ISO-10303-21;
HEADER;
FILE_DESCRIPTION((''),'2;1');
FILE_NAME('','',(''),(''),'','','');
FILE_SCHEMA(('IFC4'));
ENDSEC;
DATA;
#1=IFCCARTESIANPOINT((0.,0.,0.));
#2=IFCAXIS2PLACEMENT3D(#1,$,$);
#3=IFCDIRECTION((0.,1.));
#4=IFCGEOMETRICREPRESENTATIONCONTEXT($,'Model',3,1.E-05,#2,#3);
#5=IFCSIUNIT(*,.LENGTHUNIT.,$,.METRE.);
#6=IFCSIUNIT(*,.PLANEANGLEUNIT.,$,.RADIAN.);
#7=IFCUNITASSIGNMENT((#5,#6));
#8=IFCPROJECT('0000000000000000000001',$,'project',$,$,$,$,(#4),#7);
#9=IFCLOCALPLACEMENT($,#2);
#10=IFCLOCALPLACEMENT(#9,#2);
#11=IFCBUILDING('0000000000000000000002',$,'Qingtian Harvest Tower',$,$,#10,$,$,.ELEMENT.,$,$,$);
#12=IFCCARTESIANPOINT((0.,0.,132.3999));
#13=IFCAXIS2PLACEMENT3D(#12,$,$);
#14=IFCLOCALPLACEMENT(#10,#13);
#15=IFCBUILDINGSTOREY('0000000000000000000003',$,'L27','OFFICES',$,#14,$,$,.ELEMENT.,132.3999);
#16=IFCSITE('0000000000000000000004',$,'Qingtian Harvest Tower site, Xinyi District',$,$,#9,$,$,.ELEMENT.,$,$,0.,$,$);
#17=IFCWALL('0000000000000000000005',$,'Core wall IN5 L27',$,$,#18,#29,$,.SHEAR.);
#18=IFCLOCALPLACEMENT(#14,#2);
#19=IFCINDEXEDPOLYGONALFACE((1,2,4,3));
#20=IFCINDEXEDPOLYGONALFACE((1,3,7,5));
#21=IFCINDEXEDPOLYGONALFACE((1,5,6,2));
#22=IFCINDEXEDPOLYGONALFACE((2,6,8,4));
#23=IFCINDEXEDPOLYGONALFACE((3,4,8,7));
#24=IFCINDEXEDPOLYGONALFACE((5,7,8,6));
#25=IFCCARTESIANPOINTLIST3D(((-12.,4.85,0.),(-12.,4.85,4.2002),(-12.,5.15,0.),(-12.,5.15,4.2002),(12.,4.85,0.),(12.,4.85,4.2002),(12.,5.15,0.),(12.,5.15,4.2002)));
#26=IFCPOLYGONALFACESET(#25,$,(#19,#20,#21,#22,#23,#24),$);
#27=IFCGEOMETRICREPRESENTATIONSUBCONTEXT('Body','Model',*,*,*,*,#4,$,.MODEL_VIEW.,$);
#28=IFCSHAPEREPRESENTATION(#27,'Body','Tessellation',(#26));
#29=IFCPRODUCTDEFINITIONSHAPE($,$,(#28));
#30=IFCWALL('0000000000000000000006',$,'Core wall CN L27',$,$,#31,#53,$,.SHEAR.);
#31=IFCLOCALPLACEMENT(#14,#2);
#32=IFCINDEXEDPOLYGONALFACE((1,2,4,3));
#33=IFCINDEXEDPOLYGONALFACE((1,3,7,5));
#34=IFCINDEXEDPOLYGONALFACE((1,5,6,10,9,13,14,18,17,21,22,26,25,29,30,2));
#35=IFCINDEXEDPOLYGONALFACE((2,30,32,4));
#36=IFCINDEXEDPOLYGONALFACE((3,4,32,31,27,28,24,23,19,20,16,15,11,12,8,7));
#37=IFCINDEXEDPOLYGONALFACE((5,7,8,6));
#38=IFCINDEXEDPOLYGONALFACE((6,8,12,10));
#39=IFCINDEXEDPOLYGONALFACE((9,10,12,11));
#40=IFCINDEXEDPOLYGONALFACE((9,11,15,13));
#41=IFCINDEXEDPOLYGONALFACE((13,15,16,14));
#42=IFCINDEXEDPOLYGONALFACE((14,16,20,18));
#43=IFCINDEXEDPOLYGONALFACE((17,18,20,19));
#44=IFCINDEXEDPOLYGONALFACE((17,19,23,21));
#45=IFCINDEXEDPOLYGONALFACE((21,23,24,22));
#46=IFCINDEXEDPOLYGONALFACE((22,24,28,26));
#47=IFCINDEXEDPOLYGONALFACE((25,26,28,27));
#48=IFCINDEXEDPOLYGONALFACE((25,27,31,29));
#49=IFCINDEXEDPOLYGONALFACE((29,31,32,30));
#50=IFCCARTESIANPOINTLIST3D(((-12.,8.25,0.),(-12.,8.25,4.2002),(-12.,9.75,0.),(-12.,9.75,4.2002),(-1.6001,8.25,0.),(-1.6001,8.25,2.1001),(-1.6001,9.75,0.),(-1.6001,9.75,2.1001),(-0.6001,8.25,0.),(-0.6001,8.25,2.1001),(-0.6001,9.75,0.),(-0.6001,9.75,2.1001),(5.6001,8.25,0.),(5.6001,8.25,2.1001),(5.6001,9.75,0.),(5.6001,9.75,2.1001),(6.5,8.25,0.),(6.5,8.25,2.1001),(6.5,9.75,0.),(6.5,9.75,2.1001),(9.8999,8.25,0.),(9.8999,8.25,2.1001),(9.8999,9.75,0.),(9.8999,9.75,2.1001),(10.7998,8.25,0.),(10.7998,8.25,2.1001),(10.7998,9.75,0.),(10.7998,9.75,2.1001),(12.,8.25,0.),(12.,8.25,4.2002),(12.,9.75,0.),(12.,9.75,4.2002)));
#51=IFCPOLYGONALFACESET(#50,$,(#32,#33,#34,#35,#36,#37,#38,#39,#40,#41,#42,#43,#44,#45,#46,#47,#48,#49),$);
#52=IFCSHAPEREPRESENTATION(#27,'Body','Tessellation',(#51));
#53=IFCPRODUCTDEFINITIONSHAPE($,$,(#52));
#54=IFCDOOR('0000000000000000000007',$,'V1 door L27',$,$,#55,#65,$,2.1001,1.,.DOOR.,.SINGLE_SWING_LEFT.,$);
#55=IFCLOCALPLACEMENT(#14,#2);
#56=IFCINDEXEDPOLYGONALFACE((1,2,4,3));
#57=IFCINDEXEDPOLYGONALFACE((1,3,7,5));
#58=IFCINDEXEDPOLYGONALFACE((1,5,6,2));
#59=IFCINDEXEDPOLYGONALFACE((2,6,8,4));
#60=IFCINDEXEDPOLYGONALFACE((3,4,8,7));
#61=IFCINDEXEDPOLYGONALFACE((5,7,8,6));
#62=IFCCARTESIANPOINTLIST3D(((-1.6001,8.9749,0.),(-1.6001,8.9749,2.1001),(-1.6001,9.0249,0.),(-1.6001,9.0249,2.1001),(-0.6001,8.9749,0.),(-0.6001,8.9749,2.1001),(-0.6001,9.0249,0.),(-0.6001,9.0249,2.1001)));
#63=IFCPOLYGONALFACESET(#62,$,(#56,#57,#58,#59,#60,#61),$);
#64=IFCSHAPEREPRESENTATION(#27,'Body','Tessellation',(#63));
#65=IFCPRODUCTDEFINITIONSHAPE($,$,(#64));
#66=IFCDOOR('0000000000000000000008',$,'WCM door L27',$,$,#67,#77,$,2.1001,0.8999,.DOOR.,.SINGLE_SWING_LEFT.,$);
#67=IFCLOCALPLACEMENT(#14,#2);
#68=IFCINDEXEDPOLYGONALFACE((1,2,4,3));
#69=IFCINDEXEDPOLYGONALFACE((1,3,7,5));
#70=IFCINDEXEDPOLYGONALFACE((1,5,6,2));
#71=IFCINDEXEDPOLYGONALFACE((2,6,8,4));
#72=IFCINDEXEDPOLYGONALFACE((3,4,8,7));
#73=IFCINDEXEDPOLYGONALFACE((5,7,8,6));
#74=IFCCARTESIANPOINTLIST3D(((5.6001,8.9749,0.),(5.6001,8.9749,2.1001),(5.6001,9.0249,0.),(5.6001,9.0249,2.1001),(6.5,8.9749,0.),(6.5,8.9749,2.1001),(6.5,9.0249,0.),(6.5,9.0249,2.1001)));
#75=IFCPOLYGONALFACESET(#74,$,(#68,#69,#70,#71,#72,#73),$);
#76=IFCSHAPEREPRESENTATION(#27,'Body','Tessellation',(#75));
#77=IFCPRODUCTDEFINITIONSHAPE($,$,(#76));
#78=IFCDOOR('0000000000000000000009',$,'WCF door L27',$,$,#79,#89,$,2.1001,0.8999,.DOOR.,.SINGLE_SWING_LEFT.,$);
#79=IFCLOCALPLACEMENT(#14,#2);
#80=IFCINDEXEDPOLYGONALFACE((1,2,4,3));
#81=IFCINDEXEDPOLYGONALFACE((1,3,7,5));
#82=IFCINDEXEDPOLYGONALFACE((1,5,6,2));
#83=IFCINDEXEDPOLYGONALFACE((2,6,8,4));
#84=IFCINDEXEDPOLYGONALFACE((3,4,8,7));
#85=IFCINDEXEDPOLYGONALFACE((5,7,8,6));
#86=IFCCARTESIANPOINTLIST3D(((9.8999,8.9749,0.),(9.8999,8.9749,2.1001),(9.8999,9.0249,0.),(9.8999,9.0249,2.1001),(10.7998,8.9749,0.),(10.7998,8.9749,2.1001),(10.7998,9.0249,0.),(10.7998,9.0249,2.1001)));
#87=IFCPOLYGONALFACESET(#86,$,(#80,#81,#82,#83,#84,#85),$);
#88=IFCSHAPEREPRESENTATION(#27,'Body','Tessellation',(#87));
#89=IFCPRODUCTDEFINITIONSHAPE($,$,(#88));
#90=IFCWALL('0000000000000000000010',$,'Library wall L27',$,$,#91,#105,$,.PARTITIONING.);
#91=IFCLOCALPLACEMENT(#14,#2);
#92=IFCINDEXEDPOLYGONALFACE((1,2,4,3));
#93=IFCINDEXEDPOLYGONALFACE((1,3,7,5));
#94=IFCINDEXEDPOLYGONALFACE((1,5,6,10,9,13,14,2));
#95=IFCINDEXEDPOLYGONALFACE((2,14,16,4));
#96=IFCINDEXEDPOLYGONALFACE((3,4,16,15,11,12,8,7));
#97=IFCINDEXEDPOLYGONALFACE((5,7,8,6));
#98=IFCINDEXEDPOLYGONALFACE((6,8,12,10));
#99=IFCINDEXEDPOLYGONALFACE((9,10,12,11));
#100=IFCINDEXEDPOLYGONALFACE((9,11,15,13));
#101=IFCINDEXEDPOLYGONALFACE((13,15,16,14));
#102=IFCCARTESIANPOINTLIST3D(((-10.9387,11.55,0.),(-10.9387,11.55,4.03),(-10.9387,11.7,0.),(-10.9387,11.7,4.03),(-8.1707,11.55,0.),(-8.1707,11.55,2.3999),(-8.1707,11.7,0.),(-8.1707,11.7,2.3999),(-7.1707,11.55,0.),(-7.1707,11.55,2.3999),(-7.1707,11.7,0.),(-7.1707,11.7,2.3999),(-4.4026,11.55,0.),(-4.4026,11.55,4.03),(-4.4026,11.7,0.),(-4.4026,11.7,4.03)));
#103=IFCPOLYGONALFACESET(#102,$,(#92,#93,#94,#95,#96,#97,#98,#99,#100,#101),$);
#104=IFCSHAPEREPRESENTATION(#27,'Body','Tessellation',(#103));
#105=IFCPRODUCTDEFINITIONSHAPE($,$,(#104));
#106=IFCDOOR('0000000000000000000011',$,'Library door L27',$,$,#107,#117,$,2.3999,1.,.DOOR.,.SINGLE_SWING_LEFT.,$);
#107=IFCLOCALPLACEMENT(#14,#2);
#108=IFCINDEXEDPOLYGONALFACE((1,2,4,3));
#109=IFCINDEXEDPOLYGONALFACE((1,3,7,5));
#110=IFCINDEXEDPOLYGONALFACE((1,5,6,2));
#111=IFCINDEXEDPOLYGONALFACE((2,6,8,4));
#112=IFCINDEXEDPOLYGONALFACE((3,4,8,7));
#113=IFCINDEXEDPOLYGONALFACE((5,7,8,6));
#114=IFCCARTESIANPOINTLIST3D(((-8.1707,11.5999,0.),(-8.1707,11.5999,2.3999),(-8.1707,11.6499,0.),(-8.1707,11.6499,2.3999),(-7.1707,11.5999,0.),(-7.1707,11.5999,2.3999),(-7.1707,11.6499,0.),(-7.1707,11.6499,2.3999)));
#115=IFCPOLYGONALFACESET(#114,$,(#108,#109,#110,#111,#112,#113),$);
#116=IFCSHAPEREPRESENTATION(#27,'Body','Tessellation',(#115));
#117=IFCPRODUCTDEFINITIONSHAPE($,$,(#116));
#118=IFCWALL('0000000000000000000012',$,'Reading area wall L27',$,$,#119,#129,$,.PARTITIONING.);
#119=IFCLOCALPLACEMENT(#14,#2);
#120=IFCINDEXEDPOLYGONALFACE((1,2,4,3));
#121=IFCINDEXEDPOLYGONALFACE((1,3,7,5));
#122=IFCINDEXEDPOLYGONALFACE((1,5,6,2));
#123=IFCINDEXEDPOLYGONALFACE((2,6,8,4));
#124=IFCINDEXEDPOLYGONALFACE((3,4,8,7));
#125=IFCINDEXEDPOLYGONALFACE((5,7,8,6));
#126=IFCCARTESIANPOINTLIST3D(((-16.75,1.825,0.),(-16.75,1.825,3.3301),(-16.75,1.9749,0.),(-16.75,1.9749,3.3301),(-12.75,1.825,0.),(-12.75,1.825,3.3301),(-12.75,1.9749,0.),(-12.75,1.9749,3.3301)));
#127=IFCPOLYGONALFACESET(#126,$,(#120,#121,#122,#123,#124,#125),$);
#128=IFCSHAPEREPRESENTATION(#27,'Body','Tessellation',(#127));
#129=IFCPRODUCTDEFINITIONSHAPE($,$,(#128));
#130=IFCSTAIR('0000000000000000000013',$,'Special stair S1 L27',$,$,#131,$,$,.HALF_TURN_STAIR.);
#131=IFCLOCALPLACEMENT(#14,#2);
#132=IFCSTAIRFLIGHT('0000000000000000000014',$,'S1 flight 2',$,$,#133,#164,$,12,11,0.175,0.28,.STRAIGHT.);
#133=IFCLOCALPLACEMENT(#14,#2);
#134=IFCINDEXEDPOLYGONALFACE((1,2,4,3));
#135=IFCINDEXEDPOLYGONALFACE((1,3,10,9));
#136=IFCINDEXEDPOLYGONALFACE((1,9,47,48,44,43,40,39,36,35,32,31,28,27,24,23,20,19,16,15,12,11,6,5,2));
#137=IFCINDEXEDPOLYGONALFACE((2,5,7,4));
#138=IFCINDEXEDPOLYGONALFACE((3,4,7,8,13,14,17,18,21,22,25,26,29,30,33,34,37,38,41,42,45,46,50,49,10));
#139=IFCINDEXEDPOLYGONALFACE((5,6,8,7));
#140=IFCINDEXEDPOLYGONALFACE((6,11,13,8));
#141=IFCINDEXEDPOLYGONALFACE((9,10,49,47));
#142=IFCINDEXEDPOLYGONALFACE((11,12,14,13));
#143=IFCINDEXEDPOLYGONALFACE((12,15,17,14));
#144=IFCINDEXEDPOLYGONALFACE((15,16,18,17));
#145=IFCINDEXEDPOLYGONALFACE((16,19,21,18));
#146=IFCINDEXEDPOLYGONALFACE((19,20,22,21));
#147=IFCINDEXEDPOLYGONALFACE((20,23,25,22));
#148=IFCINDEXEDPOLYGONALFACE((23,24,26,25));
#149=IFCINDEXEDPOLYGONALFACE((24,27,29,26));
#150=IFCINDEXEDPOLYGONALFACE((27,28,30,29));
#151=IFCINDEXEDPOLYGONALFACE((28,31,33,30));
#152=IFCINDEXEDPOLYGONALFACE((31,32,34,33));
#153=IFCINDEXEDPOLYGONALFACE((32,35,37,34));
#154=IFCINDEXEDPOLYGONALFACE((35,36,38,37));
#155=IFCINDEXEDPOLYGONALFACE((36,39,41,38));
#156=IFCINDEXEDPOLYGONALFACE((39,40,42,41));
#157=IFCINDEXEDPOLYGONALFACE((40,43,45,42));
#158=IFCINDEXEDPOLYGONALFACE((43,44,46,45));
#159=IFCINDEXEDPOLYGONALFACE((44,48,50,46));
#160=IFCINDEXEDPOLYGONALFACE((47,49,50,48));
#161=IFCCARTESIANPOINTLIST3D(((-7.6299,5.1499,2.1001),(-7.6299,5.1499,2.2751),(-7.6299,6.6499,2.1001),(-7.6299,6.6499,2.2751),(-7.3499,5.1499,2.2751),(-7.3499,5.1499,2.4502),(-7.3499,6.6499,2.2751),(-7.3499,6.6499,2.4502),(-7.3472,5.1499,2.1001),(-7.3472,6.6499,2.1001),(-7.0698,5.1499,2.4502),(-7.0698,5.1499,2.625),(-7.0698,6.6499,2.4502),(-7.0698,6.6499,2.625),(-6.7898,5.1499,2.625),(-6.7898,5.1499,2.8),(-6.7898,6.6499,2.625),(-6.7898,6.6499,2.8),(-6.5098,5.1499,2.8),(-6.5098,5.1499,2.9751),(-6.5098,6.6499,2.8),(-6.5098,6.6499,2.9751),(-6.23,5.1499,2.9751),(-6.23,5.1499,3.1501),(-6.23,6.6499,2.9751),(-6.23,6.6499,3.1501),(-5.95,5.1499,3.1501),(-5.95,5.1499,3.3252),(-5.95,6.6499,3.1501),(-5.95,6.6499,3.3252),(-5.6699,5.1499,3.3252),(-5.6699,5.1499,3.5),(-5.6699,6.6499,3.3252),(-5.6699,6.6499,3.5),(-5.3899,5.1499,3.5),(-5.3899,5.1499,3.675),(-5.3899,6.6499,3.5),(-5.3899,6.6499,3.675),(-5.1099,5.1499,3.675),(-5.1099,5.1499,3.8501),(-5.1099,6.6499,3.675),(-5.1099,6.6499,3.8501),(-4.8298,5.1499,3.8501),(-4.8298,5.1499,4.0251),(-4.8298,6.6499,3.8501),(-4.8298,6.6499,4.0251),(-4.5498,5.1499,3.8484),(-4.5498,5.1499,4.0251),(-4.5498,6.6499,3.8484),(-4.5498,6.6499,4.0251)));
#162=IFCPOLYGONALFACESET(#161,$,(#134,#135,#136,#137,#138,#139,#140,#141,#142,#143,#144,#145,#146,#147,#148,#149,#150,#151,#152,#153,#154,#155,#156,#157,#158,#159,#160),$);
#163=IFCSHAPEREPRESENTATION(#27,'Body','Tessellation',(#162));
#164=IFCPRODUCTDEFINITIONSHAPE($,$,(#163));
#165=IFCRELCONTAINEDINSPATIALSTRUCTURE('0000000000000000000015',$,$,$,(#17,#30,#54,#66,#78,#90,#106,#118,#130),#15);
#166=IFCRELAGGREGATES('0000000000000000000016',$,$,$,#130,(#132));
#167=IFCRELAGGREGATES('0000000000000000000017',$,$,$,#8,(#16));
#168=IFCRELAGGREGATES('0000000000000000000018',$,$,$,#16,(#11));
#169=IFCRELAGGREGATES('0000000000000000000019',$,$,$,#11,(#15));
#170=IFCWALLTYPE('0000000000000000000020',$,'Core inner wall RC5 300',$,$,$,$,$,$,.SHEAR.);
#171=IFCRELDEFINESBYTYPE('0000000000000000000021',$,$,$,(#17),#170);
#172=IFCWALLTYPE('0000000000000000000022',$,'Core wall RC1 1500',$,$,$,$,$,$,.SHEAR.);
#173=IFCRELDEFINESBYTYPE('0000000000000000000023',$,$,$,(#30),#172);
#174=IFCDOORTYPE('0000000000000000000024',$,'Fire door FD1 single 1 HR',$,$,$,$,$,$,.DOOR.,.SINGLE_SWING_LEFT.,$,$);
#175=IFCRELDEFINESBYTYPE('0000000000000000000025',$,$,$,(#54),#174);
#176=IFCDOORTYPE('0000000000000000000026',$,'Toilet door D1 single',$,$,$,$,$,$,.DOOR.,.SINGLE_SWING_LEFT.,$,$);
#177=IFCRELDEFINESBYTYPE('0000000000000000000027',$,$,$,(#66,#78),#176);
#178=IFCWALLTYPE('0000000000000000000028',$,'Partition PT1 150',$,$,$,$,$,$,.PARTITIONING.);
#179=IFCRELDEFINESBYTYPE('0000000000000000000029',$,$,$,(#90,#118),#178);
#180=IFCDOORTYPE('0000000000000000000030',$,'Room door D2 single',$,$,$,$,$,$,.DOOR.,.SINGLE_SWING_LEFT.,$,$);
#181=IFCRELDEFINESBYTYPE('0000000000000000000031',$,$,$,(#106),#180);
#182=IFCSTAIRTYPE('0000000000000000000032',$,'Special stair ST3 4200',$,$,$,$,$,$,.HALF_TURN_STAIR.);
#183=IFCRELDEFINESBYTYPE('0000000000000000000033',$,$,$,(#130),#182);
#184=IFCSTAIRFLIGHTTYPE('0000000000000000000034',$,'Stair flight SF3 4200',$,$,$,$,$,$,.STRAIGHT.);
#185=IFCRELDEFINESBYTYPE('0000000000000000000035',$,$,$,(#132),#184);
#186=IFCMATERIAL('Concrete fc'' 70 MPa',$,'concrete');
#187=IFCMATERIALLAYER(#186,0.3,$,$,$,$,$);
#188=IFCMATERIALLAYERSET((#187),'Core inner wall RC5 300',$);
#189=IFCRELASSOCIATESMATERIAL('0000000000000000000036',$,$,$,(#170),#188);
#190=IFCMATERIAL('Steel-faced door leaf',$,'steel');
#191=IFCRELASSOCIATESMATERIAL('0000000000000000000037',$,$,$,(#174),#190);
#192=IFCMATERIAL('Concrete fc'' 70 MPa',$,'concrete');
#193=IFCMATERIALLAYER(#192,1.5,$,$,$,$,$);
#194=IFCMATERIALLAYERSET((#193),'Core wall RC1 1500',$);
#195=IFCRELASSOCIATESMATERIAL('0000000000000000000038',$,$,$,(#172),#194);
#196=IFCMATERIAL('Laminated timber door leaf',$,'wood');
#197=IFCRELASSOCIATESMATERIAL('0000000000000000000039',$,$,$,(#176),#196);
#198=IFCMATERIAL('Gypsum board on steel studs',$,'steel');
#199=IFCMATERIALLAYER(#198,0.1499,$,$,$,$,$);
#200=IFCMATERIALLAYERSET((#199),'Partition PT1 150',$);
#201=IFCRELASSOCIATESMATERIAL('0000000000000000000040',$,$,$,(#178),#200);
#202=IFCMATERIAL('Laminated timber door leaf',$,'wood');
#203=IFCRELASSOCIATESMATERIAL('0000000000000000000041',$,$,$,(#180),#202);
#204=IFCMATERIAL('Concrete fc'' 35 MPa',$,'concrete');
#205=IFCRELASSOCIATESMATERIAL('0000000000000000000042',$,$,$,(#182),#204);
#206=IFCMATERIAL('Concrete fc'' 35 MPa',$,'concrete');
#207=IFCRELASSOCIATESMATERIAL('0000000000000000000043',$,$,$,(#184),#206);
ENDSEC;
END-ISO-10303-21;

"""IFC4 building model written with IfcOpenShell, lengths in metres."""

from ifc_helpers import new_model, si_unit, direction, frame, frame_2d, origin, place, context, subcontext, project, spatial, polyline, rectangle, outline, extrude, material, layer, layer_set, type_object, element, fill, aggregate, save


model = new_model("IFC4")

# Units and contexts
model_context = context("Model", 3, precision=1e-05, world=origin(), true_north=direction((0.0, 1.0)))
body_context = subcontext(model_context, "Body", "Model", "MODEL_VIEW")
ifc_project = project(units=[si_unit("LENGTHUNIT", "METRE"), si_unit("PLANEANGLEUNIT", "RADIAN")], contexts=[model_context])

# Site, building, storey
site_placement = place(None, origin())
site = spatial("IfcSite", under=ifc_project, at=site_placement, Name="Qingtian Harvest Tower site, Xinyi District", CompositionType="ELEMENT", RefElevation=0.0)
building_placement = place(site_placement, origin())
building = spatial("IfcBuilding", under=site, at=building_placement, Name="Qingtian Harvest Tower", CompositionType="ELEMENT")
storey_placement = place(building_placement, frame((0.0, 0.0, 132.3999)))
storey = spatial("IfcBuildingStorey", under=building, at=storey_placement, Name="L27", Description="OFFICES", CompositionType="ELEMENT", Elevation=132.3999)

# Wall
ifc_material_1 = material(Name="Concrete fc' 70 MPa", Category="concrete")
ifc_layer_1 = layer(ifc_material_1, 0.3)
ifc_layer_set_1 = layer_set([ifc_layer_1], Name="Core inner wall RC5 300")
wall_type_1 = type_object("IfcWallType", Name="Core inner wall RC5 300", PredefinedType="SHEAR", material=ifc_layer_set_1)
wall_1_placement = place(storey_placement, frame((-12.0, 5.0, 0.0), z_axis=(0.0, 0.0, 1.0), x_axis=(1.0, 0.0, 0.0)))
element("IfcWall", 1, at=wall_1_placement, inside=storey, type_object=wall_type_1, Name="Core wall IN5 L27", PredefinedType="SHEAR", context=body_context, shape_type="SweptSolid", body=[
    extrude(rectangle(XDim=24.0, YDim=0.3, at=frame_2d((12.0, 0.0))), origin(), (0.0, 0.0, 1.0), 4.2002),
])

# Wall, openings, doors
ifc_material_2 = material(Name="Steel-faced door leaf", Category="steel")
door_type_1 = type_object("IfcDoorType", Name="Fire door FD1 single 1 HR", OperationType="SINGLE_SWING_LEFT", PredefinedType="DOOR", material=ifc_material_2)
ifc_material_3 = material(Name="Concrete fc' 70 MPa", Category="concrete")
ifc_layer_2 = layer(ifc_material_3, 1.5)
ifc_layer_set_2 = layer_set([ifc_layer_2], Name="Core wall RC1 1500")
wall_type_2 = type_object("IfcWallType", Name="Core wall RC1 1500", PredefinedType="SHEAR", material=ifc_layer_set_2)
wall_2_placement = place(storey_placement, frame((-12.0, 9.0, 0.0), z_axis=(0.0, 0.0, 1.0), x_axis=(1.0, 0.0, 0.0)))
wall_2 = element("IfcWall", 2, at=wall_2_placement, inside=storey, type_object=wall_type_2, Name="Core wall CN L27", PredefinedType="SHEAR", context=body_context, shape_type="SweptSolid", body=[
    extrude(rectangle(XDim=24.0, YDim=1.5, at=frame_2d((12.0, 0.0))), origin(), (0.0, 0.0, 1.0), 4.2002),
])
opening_1_placement = place(wall_2_placement, frame((10.3999, 0.0, 0.0)))
opening_1 = element("IfcOpeningElement", 3, at=opening_1_placement, cuts=wall_2, PredefinedType="OPENING", context=body_context, shape_type="SweptSolid", body=[
    extrude(rectangle(XDim=1.0, YDim=2.1001, at=frame_2d((0.5, 1.05))), frame((0.0, 0.76, 0.0), z_axis=(0.0, -1.0, 0.0), x_axis=(1.0, 0.0, 0.0)), (0.0, 0.0, 1.0), 1.52),
])
opening_2_placement = place(wall_2_placement, frame((17.6001, 0.0, 0.0)))
opening_2 = element("IfcOpeningElement", 4, at=opening_2_placement, cuts=wall_2, PredefinedType="OPENING", context=body_context, shape_type="SweptSolid", body=[
    extrude(rectangle(XDim=0.8999, YDim=2.1001, at=frame_2d((0.45, 1.05))), frame((0.0, 0.76, 0.0), z_axis=(0.0, -1.0, 0.0), x_axis=(1.0, 0.0, 0.0)), (0.0, 0.0, 1.0), 1.52),
])
opening_3_placement = place(wall_2_placement, frame((21.8999, 0.0, 0.0)))
opening_3 = element("IfcOpeningElement", 5, at=opening_3_placement, cuts=wall_2, PredefinedType="OPENING", context=body_context, shape_type="SweptSolid", body=[
    extrude(rectangle(XDim=0.8999, YDim=2.1001, at=frame_2d((0.45, 1.05))), frame((0.0, 0.76, 0.0), z_axis=(0.0, -1.0, 0.0), x_axis=(1.0, 0.0, 0.0)), (0.0, 0.0, 1.0), 1.52),
])
door_1_placement = place(opening_1_placement, origin())
door_1 = element("IfcDoor", 6, at=door_1_placement, inside=storey, type_object=door_type_1, Name="V1 door L27", OperationType="SINGLE_SWING_LEFT", OverallHeight=2.1001, OverallWidth=1.0, PredefinedType="DOOR", context=body_context, shape_type="SweptSolid", body=[
    extrude(rectangle(XDim=1.0, YDim=2.1001, at=frame_2d((0.5, 1.05))), frame((0.0, 0.0249, 0.0), z_axis=(0.0, -1.0, 0.0), x_axis=(1.0, 0.0, 0.0)), (0.0, 0.0, 1.0), 0.05),
])
fill(opening_1, door_1)
ifc_material_4 = material(Name="Laminated timber door leaf", Category="wood")
door_type_2 = type_object("IfcDoorType", Name="Toilet door D1 single", OperationType="SINGLE_SWING_LEFT", PredefinedType="DOOR", material=ifc_material_4)
door_2_placement = place(opening_2_placement, origin())
door_2 = element("IfcDoor", 7, at=door_2_placement, inside=storey, type_object=door_type_2, Name="WCM door L27", OperationType="SINGLE_SWING_LEFT", OverallHeight=2.1001, OverallWidth=0.8999, PredefinedType="DOOR", context=body_context, shape_type="SweptSolid", body=[
    extrude(rectangle(XDim=0.8999, YDim=2.1001, at=frame_2d((0.45, 1.05))), frame((0.0, 0.0249, 0.0), z_axis=(0.0, -1.0, 0.0), x_axis=(1.0, 0.0, 0.0)), (0.0, 0.0, 1.0), 0.05),
])
fill(opening_2, door_2)
door_3_placement = place(opening_3_placement, origin())
door_3 = element("IfcDoor", 8, at=door_3_placement, inside=storey, type_object=door_type_2, Name="WCF door L27", OperationType="SINGLE_SWING_LEFT", OverallHeight=2.1001, OverallWidth=0.8999, PredefinedType="DOOR", context=body_context, shape_type="SweptSolid", body=[
    extrude(rectangle(XDim=0.8999, YDim=2.1001, at=frame_2d((0.45, 1.05))), frame((0.0, 0.0249, 0.0), z_axis=(0.0, -1.0, 0.0), x_axis=(1.0, 0.0, 0.0)), (0.0, 0.0, 1.0), 0.05),
])
fill(opening_3, door_3)

# Wall, opening, door
ifc_material_5 = material(Name="Gypsum board on steel studs", Category="steel")
ifc_layer_3 = layer(ifc_material_5, 0.1499)
ifc_layer_set_3 = layer_set([ifc_layer_3], Name="Partition PT1 150")
wall_type_3 = type_object("IfcWallType", Name="Partition PT1 150", PredefinedType="PARTITIONING", material=ifc_layer_set_3)
wall_3_placement = place(storey_placement, frame((-10.9387, 11.625, 0.0), z_axis=(0.0, 0.0, 1.0), x_axis=(1.0, 0.0, 0.0)))
wall_3 = element("IfcWall", 9, at=wall_3_placement, inside=storey, type_object=wall_type_3, Name="Library wall L27", PredefinedType="PARTITIONING", context=body_context, shape_type="SweptSolid", body=[
    extrude(rectangle(XDim=6.5361, YDim=0.1499, at=frame_2d((3.2681, 0.0))), origin(), (0.0, 0.0, 1.0), 4.03),
])
opening_4_placement = place(wall_3_placement, frame((2.7681, 0.0, 0.0)))
opening_4 = element("IfcOpeningElement", 10, at=opening_4_placement, cuts=wall_3, PredefinedType="OPENING", context=body_context, shape_type="SweptSolid", body=[
    extrude(rectangle(XDim=1.0, YDim=2.3999, at=frame_2d((0.5, 1.2))), frame((0.0, 0.085, 0.0), z_axis=(0.0, -1.0, 0.0), x_axis=(1.0, 0.0, 0.0)), (0.0, 0.0, 1.0), 0.1699),
])
ifc_material_6 = material(Name="Laminated timber door leaf", Category="wood")
door_type_3 = type_object("IfcDoorType", Name="Room door D2 single", OperationType="SINGLE_SWING_LEFT", PredefinedType="DOOR", material=ifc_material_6)
door_4_placement = place(opening_4_placement, origin())
door_4 = element("IfcDoor", 11, at=door_4_placement, inside=storey, type_object=door_type_3, Name="Library door L27", OperationType="SINGLE_SWING_LEFT", OverallHeight=2.3999, OverallWidth=1.0, PredefinedType="DOOR", context=body_context, shape_type="SweptSolid", body=[
    extrude(rectangle(XDim=1.0, YDim=2.3999, at=frame_2d((0.5, 1.2))), frame((0.0, 0.0249, 0.0), z_axis=(0.0, -1.0, 0.0), x_axis=(1.0, 0.0, 0.0)), (0.0, 0.0, 1.0), 0.05),
])
fill(opening_4, door_4)

# Wall
wall_4_placement = place(storey_placement, frame((-12.75, 1.8999, 0.0), z_axis=(0.0, 0.0, 1.0), x_axis=(-1.0, 0.0, 0.0)))
element("IfcWall", 12, at=wall_4_placement, inside=storey, type_object=wall_type_3, Name="Reading area wall L27", PredefinedType="PARTITIONING", context=body_context, shape_type="SweptSolid", body=[
    extrude(rectangle(XDim=4.0, YDim=0.1499, at=frame_2d((2.0, 0.0))), origin(), (0.0, 0.0, 1.0), 3.3301),
])

# Stair, stair flight
ifc_material_7 = material(Name="Concrete fc' 35 MPa", Category="concrete")
stair_type = type_object("IfcStairType", Name="Special stair ST3 4200", PredefinedType="HALF_TURN_STAIR", material=ifc_material_7)
stair_placement = place(storey_placement, origin())
stair = element("IfcStair", 13, at=stair_placement, inside=storey, type_object=stair_type, Name="Special stair S1 L27", PredefinedType="HALF_TURN_STAIR")
ifc_material_8 = material(Name="Concrete fc' 35 MPa", Category="concrete")
stair_flight_type = type_object("IfcStairFlightType", Name="Stair flight SF3 4200", PredefinedType="STRAIGHT", material=ifc_material_8)
stair_flight_placement = place(storey_placement, frame((-7.6299, 5.8999, 2.1001), z_axis=(0.0, 0.0, 1.0), x_axis=(1.0, 0.0, 0.0)))
stair_flight = element("IfcStairFlight", 14, at=stair_flight_placement, type_object=stair_flight_type, Name="S1 flight 2", NumberOfRisers=12, NumberOfTreads=11, PredefinedType="STRAIGHT", RiserHeight=0.175, TreadLength=0.28, context=body_context, shape_type="SweptSolid", body=[
    extrude(outline(polyline([(0.0, 0.0), (0.0, 0.175), (0.28, 0.175), (0.28, 0.3501), (0.5601, 0.3501), (0.5601, 0.5249), (0.8401, 0.5249), (0.8401, 0.7), (1.1201, 0.7), (1.1201, 0.875), (1.3999, 0.875), (1.3999, 1.05), (1.6799, 1.05), (1.6799, 1.2251), (1.96, 1.2251), (1.96, 1.3999), (2.24, 1.3999), (2.24, 1.575), (2.52, 1.575), (2.52, 1.75), (2.8, 1.75), (2.8, 1.925), (3.0801, 1.925), (3.0801, 2.1001), (3.0801, 1.7483), (0.2827, 0.0), (0.0, 0.0)])), frame((0.0, 0.75, 0.0), z_axis=(0.0, -1.0, 0.0), x_axis=(1.0, 0.0, 0.0)), (0.0, 0.0, 1.0), 1.5),
])
aggregate(stair, [stair_flight])

save(model, "model.ifc")
